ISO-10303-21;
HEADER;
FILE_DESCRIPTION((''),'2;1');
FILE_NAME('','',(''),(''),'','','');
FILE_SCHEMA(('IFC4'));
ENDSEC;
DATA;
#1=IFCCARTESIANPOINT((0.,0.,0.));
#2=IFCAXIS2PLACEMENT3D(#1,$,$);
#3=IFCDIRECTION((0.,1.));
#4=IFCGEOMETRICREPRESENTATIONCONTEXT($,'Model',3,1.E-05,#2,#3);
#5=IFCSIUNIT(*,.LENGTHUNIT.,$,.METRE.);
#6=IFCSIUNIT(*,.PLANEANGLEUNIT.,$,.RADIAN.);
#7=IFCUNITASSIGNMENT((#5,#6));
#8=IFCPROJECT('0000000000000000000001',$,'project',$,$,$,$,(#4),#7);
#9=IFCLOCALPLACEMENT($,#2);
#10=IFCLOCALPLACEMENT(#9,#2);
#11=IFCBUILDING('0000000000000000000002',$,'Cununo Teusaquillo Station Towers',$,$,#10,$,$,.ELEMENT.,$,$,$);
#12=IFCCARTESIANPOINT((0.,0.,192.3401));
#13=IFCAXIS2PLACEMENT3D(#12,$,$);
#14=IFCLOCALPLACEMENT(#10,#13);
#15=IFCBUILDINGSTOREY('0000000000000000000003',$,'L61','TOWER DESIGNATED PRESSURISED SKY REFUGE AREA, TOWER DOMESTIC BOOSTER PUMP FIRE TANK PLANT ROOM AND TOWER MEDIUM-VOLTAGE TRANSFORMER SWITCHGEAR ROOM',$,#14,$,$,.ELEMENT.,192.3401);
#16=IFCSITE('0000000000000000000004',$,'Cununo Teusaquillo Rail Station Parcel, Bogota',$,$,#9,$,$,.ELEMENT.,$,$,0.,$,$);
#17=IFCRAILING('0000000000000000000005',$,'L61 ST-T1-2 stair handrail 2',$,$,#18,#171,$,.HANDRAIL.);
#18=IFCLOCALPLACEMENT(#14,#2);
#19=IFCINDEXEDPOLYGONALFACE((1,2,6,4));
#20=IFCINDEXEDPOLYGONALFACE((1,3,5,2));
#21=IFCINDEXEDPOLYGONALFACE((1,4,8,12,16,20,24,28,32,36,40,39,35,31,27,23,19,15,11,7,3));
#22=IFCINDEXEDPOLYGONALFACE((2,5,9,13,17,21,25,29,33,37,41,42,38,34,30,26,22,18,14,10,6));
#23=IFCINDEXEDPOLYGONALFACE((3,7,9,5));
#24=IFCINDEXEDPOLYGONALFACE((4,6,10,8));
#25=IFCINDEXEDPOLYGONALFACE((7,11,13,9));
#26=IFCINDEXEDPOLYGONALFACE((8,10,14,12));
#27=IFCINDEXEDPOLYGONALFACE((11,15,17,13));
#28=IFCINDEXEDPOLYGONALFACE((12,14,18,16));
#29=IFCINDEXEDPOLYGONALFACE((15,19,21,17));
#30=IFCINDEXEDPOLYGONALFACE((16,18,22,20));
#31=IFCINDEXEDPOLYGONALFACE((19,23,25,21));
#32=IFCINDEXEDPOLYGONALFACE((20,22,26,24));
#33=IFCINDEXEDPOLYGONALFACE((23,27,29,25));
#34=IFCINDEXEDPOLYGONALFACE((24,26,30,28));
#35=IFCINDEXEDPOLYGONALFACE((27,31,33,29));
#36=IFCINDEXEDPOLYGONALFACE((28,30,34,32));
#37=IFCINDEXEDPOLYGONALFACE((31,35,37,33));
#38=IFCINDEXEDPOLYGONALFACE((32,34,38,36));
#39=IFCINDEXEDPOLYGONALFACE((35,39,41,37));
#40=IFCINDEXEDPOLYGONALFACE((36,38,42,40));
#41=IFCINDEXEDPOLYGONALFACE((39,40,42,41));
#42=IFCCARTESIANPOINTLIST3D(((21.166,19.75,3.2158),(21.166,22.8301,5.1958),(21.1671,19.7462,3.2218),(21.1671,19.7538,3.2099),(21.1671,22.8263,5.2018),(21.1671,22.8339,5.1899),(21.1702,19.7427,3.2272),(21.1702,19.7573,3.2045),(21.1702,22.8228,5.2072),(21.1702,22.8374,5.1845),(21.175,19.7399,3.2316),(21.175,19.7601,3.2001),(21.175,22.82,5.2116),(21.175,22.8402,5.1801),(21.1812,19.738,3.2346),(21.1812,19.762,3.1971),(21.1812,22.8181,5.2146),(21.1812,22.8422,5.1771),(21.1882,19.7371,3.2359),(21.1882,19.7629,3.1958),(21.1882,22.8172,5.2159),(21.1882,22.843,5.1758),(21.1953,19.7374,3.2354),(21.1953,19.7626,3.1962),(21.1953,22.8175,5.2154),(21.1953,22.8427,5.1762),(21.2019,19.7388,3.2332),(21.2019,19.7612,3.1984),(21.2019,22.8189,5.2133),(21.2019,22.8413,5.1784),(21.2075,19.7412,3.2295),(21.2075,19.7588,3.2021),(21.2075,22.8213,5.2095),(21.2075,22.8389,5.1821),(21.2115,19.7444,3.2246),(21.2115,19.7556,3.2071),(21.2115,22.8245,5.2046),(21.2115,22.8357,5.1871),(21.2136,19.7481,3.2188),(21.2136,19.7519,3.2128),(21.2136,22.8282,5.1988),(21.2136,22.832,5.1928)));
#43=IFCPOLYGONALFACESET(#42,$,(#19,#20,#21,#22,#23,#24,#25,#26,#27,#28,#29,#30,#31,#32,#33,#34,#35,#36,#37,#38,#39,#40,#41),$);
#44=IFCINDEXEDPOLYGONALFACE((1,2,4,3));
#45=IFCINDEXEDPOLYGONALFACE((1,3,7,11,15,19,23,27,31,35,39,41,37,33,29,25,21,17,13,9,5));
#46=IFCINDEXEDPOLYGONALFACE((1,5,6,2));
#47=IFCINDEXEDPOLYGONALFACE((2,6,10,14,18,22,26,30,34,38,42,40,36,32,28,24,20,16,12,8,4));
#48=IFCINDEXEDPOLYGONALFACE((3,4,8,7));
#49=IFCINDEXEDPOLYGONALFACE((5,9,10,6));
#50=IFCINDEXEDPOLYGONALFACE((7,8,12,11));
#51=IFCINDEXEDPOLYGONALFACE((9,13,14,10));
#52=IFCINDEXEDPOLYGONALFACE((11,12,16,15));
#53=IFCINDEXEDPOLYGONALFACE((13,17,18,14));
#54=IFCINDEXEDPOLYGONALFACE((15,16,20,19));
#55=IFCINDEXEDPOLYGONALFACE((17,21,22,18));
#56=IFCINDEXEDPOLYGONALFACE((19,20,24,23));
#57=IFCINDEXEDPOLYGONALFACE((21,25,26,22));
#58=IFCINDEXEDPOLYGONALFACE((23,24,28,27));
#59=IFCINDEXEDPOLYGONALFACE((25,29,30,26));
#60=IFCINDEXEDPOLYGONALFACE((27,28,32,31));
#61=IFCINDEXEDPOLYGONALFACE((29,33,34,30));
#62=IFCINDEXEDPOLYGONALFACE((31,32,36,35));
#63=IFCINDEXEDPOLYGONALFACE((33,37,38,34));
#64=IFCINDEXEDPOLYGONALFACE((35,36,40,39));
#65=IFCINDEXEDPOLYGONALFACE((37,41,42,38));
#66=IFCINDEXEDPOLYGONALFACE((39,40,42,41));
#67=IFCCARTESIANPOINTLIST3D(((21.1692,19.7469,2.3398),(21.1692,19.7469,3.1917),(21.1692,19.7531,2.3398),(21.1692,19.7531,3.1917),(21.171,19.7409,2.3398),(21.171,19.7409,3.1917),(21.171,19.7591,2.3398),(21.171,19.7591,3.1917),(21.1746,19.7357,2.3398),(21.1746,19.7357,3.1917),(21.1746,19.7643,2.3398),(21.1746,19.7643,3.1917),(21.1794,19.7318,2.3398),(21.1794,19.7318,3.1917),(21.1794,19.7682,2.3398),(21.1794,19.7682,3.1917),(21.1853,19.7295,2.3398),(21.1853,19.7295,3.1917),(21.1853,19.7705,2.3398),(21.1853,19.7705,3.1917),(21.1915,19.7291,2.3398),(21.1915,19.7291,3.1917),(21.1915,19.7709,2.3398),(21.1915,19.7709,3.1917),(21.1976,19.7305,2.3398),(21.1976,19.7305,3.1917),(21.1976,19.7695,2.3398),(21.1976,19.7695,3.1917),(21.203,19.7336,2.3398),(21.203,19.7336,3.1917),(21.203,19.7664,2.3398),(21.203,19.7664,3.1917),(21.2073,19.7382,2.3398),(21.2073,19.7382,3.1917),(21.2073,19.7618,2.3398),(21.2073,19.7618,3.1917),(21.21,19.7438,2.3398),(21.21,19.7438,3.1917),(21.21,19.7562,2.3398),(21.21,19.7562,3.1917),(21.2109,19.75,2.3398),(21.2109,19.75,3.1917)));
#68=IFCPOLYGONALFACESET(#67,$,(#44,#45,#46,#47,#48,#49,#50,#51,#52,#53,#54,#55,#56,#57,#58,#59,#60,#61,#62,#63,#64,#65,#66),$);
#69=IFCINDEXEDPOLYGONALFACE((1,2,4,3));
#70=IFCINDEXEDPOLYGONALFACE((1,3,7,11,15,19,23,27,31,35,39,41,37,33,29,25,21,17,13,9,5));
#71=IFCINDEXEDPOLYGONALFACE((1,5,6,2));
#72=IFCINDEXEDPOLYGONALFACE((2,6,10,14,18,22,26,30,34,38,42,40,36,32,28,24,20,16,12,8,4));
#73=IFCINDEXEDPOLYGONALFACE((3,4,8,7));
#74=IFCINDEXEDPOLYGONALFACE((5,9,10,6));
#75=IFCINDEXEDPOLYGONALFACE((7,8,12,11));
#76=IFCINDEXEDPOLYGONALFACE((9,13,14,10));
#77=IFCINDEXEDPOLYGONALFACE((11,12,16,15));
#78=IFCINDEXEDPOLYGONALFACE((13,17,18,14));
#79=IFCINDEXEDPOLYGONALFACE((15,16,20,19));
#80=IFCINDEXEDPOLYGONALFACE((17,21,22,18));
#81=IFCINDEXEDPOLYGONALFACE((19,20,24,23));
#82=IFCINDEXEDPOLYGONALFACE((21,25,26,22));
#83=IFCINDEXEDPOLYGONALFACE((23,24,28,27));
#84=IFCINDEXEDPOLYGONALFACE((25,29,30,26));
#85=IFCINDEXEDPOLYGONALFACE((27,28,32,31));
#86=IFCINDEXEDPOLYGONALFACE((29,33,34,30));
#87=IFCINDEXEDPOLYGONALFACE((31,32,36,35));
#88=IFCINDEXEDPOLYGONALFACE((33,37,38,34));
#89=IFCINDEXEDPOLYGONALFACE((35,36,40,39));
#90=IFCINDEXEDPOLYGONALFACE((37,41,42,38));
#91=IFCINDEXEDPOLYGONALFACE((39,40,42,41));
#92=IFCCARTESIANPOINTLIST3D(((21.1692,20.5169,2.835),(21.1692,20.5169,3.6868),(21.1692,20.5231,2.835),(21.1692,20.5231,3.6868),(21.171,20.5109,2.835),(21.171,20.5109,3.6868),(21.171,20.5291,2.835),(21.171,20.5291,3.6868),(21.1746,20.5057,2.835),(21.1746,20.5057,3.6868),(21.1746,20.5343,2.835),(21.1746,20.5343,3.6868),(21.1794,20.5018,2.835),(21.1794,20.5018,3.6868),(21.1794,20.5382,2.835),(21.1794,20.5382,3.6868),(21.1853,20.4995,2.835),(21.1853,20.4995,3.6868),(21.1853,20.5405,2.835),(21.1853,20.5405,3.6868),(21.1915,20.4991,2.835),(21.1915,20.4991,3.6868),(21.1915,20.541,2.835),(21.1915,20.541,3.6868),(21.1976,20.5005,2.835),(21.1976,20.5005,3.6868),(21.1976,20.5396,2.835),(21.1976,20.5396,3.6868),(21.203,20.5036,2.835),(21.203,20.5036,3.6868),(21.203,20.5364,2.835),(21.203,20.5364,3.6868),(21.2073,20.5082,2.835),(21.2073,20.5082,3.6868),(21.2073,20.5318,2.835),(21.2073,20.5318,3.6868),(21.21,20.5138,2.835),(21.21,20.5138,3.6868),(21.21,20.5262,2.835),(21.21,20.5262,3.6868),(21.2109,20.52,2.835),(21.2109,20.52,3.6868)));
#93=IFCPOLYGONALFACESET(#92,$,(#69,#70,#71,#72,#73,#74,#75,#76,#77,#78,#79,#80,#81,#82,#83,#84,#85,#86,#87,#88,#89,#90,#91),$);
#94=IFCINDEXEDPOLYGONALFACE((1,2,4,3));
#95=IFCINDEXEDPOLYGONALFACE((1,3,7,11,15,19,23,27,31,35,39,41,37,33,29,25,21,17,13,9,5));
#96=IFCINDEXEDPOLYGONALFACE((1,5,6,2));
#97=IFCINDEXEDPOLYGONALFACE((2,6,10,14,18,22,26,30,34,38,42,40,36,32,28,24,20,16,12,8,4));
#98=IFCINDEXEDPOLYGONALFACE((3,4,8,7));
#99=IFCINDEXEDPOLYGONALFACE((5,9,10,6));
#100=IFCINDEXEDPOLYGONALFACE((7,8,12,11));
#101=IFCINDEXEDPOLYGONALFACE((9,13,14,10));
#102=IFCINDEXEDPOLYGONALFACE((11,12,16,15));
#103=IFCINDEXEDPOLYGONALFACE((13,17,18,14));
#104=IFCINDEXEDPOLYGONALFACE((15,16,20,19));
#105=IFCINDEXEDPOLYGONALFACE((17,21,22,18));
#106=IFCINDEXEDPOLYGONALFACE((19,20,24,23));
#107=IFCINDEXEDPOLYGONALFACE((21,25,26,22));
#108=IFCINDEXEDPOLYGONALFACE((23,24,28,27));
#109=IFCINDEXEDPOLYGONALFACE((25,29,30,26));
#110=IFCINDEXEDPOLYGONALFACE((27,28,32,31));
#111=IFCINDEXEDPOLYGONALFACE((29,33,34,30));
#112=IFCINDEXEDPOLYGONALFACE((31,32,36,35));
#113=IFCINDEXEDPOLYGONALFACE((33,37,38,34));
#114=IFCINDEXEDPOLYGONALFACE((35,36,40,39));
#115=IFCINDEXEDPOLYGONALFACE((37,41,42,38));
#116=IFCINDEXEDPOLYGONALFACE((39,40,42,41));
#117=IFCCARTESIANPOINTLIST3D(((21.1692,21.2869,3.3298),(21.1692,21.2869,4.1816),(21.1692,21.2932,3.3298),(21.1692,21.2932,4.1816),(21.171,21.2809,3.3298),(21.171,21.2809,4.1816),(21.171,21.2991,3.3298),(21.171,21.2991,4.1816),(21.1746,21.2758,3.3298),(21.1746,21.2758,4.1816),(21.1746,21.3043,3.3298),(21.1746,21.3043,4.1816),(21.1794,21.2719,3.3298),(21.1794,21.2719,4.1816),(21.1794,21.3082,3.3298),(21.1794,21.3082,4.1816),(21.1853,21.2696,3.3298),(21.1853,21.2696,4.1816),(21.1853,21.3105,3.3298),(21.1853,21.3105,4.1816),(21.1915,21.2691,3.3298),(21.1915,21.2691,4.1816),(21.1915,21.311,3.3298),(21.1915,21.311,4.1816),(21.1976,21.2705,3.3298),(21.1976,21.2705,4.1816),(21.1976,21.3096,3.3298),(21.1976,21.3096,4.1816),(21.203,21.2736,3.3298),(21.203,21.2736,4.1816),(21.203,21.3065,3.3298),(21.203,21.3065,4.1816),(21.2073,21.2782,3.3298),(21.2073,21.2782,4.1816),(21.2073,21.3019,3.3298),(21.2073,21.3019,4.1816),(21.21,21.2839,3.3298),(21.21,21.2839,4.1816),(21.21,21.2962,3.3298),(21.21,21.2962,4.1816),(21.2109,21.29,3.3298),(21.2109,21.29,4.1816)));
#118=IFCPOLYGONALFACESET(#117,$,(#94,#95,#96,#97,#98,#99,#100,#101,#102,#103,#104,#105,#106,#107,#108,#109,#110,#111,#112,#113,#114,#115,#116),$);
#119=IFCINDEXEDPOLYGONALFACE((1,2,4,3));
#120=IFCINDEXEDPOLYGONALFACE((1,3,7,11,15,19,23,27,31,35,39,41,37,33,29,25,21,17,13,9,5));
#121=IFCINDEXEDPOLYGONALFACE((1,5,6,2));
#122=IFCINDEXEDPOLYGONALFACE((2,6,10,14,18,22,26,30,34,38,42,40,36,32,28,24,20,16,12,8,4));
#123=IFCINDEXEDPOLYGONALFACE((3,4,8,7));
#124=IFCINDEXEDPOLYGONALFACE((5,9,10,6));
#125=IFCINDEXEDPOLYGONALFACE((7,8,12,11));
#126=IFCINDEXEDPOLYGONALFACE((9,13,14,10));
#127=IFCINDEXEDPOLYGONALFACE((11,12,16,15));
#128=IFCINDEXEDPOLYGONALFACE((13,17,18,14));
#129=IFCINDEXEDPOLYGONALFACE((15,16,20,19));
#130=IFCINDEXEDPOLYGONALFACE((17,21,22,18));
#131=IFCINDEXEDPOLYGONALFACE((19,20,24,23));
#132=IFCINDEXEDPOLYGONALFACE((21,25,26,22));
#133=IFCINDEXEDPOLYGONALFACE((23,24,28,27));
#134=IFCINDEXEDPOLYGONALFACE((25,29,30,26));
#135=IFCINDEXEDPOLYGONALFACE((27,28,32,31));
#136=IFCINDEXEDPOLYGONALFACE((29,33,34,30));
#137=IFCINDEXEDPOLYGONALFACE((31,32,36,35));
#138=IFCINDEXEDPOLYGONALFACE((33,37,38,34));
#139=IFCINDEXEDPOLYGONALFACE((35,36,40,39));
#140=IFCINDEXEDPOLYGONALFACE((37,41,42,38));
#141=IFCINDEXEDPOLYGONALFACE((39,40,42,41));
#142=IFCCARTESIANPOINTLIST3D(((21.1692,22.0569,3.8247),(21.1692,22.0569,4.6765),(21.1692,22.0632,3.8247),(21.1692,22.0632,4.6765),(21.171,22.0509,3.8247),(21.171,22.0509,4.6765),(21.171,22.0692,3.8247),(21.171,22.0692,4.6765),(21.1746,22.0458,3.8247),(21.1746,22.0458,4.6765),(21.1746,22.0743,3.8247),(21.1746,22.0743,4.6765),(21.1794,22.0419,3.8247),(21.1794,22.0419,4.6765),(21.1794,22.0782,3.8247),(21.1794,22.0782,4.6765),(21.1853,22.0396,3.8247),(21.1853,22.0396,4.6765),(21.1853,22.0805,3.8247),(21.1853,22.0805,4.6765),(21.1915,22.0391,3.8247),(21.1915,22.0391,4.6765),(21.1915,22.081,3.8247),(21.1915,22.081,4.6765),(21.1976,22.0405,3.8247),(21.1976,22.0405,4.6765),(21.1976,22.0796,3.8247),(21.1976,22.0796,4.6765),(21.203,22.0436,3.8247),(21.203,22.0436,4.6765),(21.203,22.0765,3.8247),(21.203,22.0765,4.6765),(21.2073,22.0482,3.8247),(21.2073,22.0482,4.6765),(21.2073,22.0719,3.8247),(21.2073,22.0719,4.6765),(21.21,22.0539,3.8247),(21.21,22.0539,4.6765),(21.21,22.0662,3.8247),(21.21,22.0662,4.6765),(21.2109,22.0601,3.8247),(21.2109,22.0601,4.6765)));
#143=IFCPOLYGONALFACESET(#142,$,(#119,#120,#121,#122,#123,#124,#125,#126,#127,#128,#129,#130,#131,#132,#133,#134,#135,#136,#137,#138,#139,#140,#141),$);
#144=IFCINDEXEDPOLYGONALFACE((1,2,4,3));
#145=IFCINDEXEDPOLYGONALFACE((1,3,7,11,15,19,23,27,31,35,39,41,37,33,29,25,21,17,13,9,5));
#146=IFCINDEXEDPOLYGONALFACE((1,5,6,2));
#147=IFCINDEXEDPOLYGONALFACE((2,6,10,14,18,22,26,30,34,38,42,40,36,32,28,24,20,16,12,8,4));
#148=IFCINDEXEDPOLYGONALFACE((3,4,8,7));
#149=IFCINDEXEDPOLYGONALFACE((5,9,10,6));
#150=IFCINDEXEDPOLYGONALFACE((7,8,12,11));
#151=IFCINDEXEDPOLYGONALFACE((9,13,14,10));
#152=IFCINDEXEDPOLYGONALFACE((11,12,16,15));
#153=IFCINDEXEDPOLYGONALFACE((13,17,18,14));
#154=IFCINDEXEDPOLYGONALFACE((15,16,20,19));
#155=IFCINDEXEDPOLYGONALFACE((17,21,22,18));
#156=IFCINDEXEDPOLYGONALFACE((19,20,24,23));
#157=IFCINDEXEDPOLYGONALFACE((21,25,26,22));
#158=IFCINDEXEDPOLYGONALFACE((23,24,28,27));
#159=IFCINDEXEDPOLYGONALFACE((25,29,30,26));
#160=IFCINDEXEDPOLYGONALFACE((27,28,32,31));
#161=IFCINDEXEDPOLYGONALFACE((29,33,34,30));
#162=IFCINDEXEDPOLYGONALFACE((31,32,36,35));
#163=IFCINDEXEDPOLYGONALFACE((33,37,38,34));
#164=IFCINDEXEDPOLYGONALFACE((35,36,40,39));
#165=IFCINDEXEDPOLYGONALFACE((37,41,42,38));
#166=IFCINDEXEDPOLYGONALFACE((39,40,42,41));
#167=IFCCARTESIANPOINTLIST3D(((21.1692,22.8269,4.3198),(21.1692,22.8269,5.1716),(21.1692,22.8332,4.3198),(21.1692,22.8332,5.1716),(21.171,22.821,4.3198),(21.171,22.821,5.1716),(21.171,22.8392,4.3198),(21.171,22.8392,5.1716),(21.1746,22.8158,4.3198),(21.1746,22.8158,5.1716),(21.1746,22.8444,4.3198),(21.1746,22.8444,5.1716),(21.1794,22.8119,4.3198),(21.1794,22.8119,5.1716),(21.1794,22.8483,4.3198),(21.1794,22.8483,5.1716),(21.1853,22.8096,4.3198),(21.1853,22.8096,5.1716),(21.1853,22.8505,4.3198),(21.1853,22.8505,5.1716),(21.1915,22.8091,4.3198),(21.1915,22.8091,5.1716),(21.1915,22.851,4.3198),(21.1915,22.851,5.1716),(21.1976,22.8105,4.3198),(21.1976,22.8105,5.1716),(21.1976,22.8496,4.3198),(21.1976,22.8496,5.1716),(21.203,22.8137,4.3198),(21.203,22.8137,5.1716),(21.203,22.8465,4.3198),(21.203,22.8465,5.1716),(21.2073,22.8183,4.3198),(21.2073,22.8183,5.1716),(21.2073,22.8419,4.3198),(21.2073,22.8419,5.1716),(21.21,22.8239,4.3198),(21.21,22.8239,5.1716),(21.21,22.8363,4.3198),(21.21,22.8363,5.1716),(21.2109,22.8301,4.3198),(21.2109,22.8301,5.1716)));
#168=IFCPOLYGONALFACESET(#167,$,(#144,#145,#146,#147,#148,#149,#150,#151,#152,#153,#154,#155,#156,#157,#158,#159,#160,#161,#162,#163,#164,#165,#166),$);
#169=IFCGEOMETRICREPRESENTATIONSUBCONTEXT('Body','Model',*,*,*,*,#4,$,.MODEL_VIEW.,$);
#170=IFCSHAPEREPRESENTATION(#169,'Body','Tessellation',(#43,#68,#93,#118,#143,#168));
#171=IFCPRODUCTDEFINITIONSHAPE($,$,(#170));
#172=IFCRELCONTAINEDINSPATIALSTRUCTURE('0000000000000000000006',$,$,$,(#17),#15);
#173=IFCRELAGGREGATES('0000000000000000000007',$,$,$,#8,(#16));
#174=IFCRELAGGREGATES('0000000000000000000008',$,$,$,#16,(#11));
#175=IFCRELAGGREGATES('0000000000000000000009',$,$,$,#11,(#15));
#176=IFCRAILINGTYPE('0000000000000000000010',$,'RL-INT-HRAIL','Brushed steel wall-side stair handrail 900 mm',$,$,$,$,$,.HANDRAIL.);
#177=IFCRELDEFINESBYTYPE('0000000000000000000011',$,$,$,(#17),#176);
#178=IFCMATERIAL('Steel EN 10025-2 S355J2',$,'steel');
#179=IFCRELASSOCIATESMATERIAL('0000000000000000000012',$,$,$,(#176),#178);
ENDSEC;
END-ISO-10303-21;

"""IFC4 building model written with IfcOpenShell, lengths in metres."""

from ifc_helpers import new_model, si_unit, direction, frame, origin, origin_2d, place, context, subcontext, project, spatial, circle, extrude, material, type_object, element, save


model = new_model("IFC4")

# Units and contexts
model_context = context("Model", 3, precision=1e-05, world=origin(), true_north=direction((0.0, 1.0)))
body_context = subcontext(model_context, "Body", "Model", "MODEL_VIEW")
ifc_project = project(units=[si_unit("LENGTHUNIT", "METRE"), si_unit("PLANEANGLEUNIT", "RADIAN")], contexts=[model_context])

# Site, building, storey
site_placement = place(None, origin())
site = spatial("IfcSite", under=ifc_project, at=site_placement, Name="Cununo Teusaquillo Rail Station Parcel, Bogota", CompositionType="ELEMENT", RefElevation=0.0)
building_placement = place(site_placement, origin())
building = spatial("IfcBuilding", under=site, at=building_placement, Name="Cununo Teusaquillo Station Towers", CompositionType="ELEMENT")
storey_placement = place(building_placement, frame((0.0, 0.0, 192.3401)))
storey = spatial("IfcBuildingStorey", under=building, at=storey_placement, Name="L61", Description="TOWER DESIGNATED PRESSURISED SKY REFUGE AREA, TOWER DOMESTIC BOOSTER PUMP FIRE TANK PLANT ROOM AND TOWER MEDIUM-VOLTAGE TRANSFORMER SWITCHGEAR ROOM", CompositionType="ELEMENT", Elevation=192.3401)

# Railing
ifc_material_1 = material(Name="Steel EN 10025-2 S355J2", Category="steel")
railing_type_1 = type_object("IfcRailingType", Name="RL-INT-HRAIL", Description="Brushed steel wall-side stair handrail 900 mm", PredefinedType="HANDRAIL", material=ifc_material_1)
railing_1_placement = place(storey_placement, frame((21.1899, 19.75, 2.3398)))
element("IfcRailing", 1, at=railing_1_placement, inside=storey, type_object=railing_type_1, Name="L61 ST-T1-2 stair handrail 2", PredefinedType="HANDRAIL", context=body_context, shape_type="SweptSolid", body=[
    extrude(circle(Radius=0.0239, at=origin_2d()), frame((0.0, 0.0, 0.876), z_axis=(0.0, 0.841187, 0.540744), x_axis=(-1.0, 0.0, 0.0)), (0.0, 0.0, 1.0), 3.6616),
    extrude(circle(Radius=0.021, at=origin_2d()), origin(), (0.0, 0.0, 1.0), 0.8518),
    extrude(circle(Radius=0.021, at=origin_2d()), frame((0.0, 0.77, 0.4951)), (0.0, 0.0, 1.0), 0.8518),
    extrude(circle(Radius=0.021, at=origin_2d()), frame((0.0, 1.54, 0.99)), (0.0, 0.0, 1.0), 0.8518),
    extrude(circle(Radius=0.021, at=origin_2d()), frame((0.0, 2.3101, 1.4849)), (0.0, 0.0, 1.0), 0.8518),
    extrude(circle(Radius=0.021, at=origin_2d()), frame((0.0, 3.0801, 1.98)), (0.0, 0.0, 1.0), 0.8518),
])

save(model, "model.ifc")
